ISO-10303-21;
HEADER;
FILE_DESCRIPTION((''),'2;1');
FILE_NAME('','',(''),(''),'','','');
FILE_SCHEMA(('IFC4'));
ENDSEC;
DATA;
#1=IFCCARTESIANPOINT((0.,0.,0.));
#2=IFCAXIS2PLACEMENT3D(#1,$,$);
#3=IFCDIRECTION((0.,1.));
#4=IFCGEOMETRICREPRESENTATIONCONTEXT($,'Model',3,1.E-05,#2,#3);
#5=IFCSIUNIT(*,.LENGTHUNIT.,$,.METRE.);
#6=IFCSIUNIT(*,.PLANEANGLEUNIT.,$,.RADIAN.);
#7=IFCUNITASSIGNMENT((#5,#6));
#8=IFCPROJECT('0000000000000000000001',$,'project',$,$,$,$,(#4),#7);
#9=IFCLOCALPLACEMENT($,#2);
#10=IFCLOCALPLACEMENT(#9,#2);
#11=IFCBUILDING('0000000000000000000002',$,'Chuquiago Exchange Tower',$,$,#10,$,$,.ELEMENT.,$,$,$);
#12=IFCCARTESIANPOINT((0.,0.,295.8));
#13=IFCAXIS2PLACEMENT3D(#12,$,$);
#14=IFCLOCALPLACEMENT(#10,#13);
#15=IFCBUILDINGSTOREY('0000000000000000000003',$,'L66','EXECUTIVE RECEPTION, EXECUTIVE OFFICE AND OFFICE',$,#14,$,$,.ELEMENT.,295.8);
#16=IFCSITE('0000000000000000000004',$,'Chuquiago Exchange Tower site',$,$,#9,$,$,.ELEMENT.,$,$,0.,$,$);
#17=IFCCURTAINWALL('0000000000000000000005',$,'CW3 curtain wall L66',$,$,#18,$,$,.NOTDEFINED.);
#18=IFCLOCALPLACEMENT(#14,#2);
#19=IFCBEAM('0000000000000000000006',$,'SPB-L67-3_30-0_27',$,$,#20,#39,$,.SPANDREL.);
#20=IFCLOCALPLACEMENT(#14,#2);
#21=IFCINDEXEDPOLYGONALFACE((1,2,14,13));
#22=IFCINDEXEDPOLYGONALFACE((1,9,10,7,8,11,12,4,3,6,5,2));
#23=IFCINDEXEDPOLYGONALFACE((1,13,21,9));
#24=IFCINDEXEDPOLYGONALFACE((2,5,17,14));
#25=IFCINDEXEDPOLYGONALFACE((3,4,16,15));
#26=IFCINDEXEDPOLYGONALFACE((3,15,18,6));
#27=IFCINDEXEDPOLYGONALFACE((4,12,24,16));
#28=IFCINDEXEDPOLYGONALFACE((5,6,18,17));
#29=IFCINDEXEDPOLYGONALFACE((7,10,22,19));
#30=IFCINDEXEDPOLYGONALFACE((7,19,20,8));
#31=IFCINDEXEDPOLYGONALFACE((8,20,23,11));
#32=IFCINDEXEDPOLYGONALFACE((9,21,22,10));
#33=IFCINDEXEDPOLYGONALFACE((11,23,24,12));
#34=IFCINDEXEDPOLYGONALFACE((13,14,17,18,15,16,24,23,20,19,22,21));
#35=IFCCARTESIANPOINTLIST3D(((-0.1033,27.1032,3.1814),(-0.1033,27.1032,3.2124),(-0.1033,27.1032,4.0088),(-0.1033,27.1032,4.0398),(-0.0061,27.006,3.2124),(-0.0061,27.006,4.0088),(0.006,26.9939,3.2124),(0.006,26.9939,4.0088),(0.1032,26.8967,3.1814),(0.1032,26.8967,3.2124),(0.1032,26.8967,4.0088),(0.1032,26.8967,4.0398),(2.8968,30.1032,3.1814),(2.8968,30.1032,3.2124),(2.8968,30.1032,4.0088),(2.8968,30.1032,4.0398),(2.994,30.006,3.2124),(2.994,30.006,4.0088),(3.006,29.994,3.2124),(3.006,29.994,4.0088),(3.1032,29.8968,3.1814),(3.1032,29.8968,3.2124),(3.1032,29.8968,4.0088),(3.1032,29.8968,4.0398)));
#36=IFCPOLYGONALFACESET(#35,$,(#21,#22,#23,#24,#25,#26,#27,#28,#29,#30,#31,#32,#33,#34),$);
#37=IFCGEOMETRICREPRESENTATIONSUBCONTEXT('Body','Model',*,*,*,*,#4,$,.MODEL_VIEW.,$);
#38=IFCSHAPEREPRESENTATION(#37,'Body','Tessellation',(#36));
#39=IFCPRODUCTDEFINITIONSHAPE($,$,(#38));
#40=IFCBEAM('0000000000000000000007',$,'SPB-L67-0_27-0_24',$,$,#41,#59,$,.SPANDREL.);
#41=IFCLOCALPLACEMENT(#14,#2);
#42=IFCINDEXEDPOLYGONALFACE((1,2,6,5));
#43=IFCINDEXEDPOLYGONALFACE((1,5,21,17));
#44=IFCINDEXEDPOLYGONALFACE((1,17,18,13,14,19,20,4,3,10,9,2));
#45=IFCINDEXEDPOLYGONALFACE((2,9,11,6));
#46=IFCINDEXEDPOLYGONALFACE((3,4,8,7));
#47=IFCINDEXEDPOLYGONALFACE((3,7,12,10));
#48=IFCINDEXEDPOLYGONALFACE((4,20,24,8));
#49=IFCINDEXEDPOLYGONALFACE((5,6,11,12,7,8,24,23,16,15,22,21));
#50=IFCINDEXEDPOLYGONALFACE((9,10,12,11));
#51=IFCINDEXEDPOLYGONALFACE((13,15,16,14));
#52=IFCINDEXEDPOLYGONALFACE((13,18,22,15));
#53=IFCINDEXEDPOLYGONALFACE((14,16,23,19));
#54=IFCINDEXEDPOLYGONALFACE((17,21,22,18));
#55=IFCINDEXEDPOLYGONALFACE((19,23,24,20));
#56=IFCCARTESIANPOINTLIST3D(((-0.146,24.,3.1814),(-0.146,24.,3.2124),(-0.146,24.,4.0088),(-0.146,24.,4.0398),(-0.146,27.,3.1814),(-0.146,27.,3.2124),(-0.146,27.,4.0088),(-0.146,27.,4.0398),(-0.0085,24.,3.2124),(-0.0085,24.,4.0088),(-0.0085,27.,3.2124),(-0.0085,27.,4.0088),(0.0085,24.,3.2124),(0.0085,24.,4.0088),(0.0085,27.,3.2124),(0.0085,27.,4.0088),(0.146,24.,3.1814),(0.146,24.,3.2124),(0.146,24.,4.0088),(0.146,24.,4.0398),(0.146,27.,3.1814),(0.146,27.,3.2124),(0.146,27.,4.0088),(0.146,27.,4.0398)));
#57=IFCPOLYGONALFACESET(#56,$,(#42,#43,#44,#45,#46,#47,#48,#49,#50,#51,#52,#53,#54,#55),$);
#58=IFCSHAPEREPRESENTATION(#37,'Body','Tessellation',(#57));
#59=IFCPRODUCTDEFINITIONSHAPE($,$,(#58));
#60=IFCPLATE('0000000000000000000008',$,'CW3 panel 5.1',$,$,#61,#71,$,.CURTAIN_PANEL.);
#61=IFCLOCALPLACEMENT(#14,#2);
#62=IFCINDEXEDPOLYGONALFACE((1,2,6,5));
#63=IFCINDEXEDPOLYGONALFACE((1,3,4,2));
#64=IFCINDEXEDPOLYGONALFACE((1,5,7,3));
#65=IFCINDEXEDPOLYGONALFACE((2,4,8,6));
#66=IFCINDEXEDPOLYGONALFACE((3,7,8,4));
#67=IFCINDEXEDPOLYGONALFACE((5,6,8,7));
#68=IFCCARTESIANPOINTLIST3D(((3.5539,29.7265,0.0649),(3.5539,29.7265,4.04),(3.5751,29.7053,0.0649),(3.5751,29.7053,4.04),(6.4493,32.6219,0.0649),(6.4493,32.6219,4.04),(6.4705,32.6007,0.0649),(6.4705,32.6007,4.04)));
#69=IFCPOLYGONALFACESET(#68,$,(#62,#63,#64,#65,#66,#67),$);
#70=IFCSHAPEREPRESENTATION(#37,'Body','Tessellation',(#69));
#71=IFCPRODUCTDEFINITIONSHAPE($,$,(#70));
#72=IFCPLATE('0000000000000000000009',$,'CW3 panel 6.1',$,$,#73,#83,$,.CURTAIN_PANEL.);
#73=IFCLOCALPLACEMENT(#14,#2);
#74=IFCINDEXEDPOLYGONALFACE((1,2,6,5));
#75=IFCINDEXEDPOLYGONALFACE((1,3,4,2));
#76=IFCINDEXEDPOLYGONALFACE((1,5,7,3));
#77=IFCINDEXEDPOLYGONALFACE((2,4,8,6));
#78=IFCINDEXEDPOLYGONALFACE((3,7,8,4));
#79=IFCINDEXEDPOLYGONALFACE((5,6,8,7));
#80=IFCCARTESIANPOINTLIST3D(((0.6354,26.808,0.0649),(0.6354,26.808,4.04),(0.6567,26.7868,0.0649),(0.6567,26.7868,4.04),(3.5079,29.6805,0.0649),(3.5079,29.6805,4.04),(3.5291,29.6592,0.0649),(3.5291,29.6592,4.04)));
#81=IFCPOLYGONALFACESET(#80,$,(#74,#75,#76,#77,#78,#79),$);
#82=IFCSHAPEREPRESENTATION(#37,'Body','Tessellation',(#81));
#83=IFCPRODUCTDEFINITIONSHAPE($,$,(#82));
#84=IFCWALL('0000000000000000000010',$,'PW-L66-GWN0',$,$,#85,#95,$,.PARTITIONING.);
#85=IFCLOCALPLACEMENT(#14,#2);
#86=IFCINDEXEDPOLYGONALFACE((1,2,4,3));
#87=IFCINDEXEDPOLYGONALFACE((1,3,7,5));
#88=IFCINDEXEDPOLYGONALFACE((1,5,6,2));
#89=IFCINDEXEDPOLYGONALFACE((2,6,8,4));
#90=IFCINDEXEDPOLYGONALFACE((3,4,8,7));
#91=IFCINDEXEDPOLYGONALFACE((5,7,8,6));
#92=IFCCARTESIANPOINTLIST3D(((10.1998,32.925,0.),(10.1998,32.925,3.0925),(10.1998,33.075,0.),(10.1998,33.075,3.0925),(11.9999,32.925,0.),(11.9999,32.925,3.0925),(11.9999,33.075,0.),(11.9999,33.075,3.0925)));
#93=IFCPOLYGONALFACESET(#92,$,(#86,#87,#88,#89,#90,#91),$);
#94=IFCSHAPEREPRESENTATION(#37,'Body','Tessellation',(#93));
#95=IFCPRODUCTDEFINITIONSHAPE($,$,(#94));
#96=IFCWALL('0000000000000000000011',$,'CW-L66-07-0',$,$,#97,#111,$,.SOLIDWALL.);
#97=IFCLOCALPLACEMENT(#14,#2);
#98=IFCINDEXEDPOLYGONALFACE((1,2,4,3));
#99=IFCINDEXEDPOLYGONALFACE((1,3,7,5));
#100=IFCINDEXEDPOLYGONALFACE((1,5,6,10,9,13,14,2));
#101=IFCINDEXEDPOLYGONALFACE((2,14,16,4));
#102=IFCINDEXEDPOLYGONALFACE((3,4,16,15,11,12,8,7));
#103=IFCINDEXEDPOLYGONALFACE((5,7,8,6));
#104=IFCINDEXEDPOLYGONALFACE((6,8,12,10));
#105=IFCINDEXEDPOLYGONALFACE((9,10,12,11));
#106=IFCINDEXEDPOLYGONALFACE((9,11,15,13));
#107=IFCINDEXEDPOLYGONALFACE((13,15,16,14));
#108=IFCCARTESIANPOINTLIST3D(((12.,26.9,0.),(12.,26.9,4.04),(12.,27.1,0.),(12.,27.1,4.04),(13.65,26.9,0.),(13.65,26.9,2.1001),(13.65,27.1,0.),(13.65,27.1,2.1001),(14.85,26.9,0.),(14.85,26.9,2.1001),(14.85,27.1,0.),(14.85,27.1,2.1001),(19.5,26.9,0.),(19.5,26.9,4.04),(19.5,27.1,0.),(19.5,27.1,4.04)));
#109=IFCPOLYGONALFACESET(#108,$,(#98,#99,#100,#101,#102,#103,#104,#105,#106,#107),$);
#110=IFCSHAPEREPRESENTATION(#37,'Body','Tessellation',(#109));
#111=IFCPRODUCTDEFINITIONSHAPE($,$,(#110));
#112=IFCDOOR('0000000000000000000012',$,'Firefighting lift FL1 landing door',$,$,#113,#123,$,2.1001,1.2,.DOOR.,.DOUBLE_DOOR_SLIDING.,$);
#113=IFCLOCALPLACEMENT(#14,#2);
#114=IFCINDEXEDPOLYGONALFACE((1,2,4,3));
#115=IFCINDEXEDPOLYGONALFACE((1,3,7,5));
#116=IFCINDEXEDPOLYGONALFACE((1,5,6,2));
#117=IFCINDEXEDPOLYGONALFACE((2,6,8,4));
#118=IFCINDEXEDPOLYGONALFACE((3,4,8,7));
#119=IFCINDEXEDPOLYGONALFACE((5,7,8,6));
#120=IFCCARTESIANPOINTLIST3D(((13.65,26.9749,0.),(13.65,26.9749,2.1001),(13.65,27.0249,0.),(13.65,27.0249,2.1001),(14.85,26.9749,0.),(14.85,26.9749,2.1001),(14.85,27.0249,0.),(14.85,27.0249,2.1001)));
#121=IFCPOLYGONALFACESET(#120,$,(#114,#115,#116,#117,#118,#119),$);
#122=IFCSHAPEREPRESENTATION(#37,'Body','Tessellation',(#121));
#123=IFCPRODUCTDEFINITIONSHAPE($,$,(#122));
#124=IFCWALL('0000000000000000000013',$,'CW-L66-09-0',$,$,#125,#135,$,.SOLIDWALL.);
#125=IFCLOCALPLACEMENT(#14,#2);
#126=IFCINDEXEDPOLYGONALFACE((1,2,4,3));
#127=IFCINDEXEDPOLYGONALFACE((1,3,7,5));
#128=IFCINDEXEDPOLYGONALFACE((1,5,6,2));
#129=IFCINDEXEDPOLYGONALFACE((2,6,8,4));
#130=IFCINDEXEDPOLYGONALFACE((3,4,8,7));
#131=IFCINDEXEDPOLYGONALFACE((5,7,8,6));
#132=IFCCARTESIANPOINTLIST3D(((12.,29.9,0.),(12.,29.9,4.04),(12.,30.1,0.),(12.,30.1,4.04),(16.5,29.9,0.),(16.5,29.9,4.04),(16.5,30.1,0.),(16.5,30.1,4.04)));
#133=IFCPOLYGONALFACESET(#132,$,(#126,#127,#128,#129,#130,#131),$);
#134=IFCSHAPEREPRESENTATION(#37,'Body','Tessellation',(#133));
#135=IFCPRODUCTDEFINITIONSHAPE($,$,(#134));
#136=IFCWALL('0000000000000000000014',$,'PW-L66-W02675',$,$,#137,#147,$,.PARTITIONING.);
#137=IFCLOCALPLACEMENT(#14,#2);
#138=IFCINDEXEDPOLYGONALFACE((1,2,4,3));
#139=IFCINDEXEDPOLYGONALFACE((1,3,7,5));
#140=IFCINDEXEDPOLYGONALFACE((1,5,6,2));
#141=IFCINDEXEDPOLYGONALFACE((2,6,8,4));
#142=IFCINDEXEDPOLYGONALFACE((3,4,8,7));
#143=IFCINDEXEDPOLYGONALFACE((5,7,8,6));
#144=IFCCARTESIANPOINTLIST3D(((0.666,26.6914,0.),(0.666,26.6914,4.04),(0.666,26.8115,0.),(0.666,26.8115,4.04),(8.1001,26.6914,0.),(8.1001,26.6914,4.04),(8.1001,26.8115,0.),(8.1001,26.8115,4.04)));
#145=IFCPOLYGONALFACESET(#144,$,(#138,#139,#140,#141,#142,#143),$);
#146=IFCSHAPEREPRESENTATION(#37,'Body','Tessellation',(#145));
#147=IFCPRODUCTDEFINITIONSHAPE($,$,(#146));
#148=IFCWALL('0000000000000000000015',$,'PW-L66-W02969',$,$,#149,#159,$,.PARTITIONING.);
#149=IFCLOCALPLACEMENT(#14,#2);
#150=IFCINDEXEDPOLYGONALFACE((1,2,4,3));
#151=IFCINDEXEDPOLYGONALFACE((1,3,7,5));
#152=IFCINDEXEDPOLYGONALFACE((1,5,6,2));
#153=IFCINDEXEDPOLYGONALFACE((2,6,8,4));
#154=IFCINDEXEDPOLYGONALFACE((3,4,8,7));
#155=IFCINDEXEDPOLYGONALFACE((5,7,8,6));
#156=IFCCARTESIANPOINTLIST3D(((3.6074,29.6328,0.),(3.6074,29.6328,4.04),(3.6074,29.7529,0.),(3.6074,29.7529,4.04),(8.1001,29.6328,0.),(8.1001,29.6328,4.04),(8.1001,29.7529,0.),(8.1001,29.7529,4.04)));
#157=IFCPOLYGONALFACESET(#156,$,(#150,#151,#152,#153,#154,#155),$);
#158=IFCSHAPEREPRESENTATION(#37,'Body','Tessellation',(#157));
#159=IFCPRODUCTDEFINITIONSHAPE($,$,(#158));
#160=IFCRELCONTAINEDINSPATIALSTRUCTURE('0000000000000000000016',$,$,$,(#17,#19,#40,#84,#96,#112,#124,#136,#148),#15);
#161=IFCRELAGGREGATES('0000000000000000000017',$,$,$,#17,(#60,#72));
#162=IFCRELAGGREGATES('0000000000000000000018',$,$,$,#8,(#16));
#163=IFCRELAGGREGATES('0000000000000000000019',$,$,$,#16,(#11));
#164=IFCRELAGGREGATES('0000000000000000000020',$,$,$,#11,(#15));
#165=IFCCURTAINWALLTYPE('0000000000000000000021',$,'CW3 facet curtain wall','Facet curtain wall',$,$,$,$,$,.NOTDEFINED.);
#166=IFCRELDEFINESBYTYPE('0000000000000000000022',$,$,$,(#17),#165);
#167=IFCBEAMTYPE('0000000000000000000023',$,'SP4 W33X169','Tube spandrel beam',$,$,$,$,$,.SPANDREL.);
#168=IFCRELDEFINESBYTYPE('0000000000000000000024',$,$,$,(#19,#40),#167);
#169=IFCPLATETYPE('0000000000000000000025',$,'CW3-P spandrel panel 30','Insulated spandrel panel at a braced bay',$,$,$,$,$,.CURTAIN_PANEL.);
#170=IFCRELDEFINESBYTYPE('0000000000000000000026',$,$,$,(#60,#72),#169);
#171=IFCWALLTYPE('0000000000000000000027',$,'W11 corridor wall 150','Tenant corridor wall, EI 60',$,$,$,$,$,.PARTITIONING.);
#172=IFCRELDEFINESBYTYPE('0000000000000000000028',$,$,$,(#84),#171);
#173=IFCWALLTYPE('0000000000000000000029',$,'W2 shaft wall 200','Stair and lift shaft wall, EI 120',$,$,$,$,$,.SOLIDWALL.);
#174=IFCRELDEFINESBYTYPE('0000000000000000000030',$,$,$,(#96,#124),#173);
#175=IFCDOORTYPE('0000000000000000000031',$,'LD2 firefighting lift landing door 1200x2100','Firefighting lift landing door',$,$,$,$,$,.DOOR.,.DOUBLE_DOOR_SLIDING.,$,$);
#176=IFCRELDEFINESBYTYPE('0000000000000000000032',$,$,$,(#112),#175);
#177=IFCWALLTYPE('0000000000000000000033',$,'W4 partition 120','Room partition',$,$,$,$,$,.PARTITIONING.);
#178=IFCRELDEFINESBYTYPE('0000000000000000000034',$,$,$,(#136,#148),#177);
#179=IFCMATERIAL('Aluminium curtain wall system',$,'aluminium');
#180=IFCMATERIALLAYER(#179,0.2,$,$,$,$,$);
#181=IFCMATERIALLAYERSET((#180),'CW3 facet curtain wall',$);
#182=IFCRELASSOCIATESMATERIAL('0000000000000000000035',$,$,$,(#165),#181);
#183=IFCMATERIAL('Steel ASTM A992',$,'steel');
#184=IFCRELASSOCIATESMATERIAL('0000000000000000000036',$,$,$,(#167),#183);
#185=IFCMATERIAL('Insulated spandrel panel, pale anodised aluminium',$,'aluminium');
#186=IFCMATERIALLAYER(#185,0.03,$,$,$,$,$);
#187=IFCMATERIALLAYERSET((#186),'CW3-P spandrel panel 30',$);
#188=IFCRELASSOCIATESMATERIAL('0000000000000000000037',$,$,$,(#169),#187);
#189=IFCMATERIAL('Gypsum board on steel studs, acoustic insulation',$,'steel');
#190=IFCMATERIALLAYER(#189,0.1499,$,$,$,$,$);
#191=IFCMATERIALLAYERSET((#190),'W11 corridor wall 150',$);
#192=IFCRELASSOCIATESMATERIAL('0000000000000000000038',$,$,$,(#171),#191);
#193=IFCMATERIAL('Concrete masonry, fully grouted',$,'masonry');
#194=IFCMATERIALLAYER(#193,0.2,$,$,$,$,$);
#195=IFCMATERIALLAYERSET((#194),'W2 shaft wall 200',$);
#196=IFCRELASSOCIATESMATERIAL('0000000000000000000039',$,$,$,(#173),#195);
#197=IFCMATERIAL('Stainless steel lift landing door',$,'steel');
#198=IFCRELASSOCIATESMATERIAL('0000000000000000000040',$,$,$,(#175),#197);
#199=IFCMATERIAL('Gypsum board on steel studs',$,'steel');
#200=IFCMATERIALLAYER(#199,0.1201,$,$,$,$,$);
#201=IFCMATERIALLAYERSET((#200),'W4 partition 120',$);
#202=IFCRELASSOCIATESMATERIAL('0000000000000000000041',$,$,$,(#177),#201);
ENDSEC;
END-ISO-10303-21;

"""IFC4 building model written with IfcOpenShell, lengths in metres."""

from ifc_helpers import new_model, si_unit, direction, frame, frame_2d, origin, origin_2d, place, context, subcontext, project, spatial, rectangle, i_section, extrude, material, layer, layer_set, material_profile, profile_set, type_object, element, fill, aggregate, save


model = new_model("IFC4")

# Units and contexts
model_context = context("Model", 3, precision=1e-05, world=origin(), true_north=direction((0.0, 1.0)))
body_context = subcontext(model_context, "Body", "Model", "MODEL_VIEW")
ifc_project = project(units=[si_unit("LENGTHUNIT", "METRE"), si_unit("PLANEANGLEUNIT", "RADIAN")], contexts=[model_context])

# Site, building, storey
site_placement = place(None, origin())
site = spatial("IfcSite", under=ifc_project, at=site_placement, Name="Chuquiago Exchange Tower site", CompositionType="ELEMENT", RefElevation=0.0)
building_placement = place(site_placement, origin())
building = spatial("IfcBuilding", under=site, at=building_placement, Name="Chuquiago Exchange Tower", CompositionType="ELEMENT")
storey_placement = place(building_placement, frame((0.0, 0.0, 295.8)))
storey = spatial("IfcBuildingStorey", under=building, at=storey_placement, Name="L66", Description="EXECUTIVE RECEPTION, EXECUTIVE OFFICE AND OFFICE", CompositionType="ELEMENT", Elevation=295.8)

# Curtain wall
ifc_material_1 = material(Name="Aluminium curtain wall system", Category="aluminium")
ifc_layer_1 = layer(ifc_material_1, 0.2)
ifc_layer_set_1 = layer_set([ifc_layer_1], Name="CW3 facet curtain wall")
curtain_wall_type_1 = type_object("IfcCurtainWallType", Name="CW3 facet curtain wall", Description="Facet curtain wall", PredefinedType="NOTDEFINED", material=ifc_layer_set_1)
curtain_wall_1_placement = place(storey_placement, origin())
curtain_wall_1 = element("IfcCurtainWall", 1, at=curtain_wall_1_placement, inside=storey, type_object=curtain_wall_type_1, Name="CW3 curtain wall L66", PredefinedType="NOTDEFINED")

# Beams
ifc_material_2 = material(Name="Steel ASTM A992", Category="steel")
ifc_material_profile_1 = material_profile(ifc_material_2, i_section(OverallWidth=0.292, OverallDepth=0.8584, WebThickness=0.0171, FlangeThickness=0.031, at=origin_2d()), Name="W33X169")
ifc_profile_set_1 = profile_set([ifc_material_profile_1], Name="Steel ASTM A992")
beam_type_1 = type_object("IfcBeamType", Name="SP4 W33X169", Description="Tube spandrel beam", PredefinedType="SPANDREL", material=ifc_profile_set_1)
for number, where, z_axis, x_axis, name in (
    (2, (3.0, 30.0, 3.6106), (-0.707107, -0.707107, 0.0), (0.707107, -0.707107, 0.0), "SPB-L67-3_30-0_27"),
):
    element("IfcBeam", number, at=place(storey_placement, frame(where, z_axis=z_axis, x_axis=x_axis)), inside=storey, type_object=beam_type_1, Name=name, PredefinedType="SPANDREL", context=body_context, shape_type="SweptSolid", body=[
        extrude(i_section(OverallWidth=0.292, OverallDepth=0.8584, WebThickness=0.0171, FlangeThickness=0.031, at=origin_2d()), origin(), (0.0, 0.0, 1.0), 4.2427),
    ])
beam_1_placement = place(storey_placement, frame((0.0, 27.0, 3.6106), z_axis=(0.0, -1.0, 0.0), x_axis=(1.0, 0.0, 0.0)))
element("IfcBeam", 3, at=beam_1_placement, inside=storey, type_object=beam_type_1, Name="SPB-L67-0_27-0_24", PredefinedType="SPANDREL", context=body_context, shape_type="SweptSolid", body=[
    extrude(i_section(OverallWidth=0.292, OverallDepth=0.8584, WebThickness=0.0171, FlangeThickness=0.031, at=origin_2d()), origin(), (0.0, 0.0, 1.0), 3.0),
])

# Plates
ifc_material_3 = material(Name="Insulated spandrel panel, pale anodised aluminium", Category="aluminium")
ifc_layer_2 = layer(ifc_material_3, 0.03)
ifc_layer_set_2 = layer_set([ifc_layer_2], Name="CW3-P spandrel panel 30")
plate_type = type_object("IfcPlateType", Name="CW3-P spandrel panel 30", Description="Insulated spandrel panel at a braced bay", PredefinedType="CURTAIN_PANEL", material=ifc_layer_set_2)
plate_1_placement = place(storey_placement, frame((5.0122, 31.1636, 0.0649), z_axis=(0.0, 0.0, 1.0), x_axis=(-0.707107, -0.707107, 0.0)))
plate_1 = element("IfcPlate", 4, at=plate_1_placement, type_object=plate_type, Name="CW3 panel 5.1", PredefinedType="CURTAIN_PANEL", context=body_context, shape_type="SweptSolid", body=[
    extrude(rectangle(XDim=4.0947, YDim=0.03, at=origin_2d()), origin(), (0.0, 0.0, 1.0), 3.9751),
])
plate_2_placement = place(storey_placement, frame((2.0823, 28.2336, 0.0649), z_axis=(0.0, 0.0, 1.0), x_axis=(-0.707107, -0.707107, 0.0)))
plate_2 = element("IfcPlate", 5, at=plate_2_placement, type_object=plate_type, Name="CW3 panel 6.1", PredefinedType="CURTAIN_PANEL", context=body_context, shape_type="SweptSolid", body=[
    extrude(rectangle(XDim=4.0623, YDim=0.03, at=origin_2d()), origin(), (0.0, 0.0, 1.0), 3.9751),
])
aggregate(curtain_wall_1, [plate_1, plate_2])

# Wall
ifc_material_4 = material(Name="Gypsum board on steel studs, acoustic insulation", Category="steel")
ifc_layer_3 = layer(ifc_material_4, 0.1499)
ifc_layer_set_3 = layer_set([ifc_layer_3], Name="W11 corridor wall 150")
wall_type_1 = type_object("IfcWallType", Name="W11 corridor wall 150", Description="Tenant corridor wall, EI 60", PredefinedType="PARTITIONING", material=ifc_layer_set_3)
wall_1_placement = place(storey_placement, frame((10.2, 33.0, 0.0), z_axis=(0.0, 0.0, 1.0), x_axis=(1.0, 0.0, 0.0)))
element("IfcWall", 6, at=wall_1_placement, inside=storey, type_object=wall_type_1, Name="PW-L66-GWN0", PredefinedType="PARTITIONING", context=body_context, shape_type="SweptSolid", body=[
    extrude(rectangle(XDim=1.8, YDim=0.1499, at=frame_2d((0.8999, 0.0))), origin(), (0.0, 0.0, 1.0), 3.0925),
])

# Wall, opening, door
ifc_material_5 = material(Name="Concrete masonry, fully grouted", Category="masonry")
ifc_layer_4 = layer(ifc_material_5, 0.2)
ifc_layer_set_4 = layer_set([ifc_layer_4], Name="W2 shaft wall 200")
wall_type_2 = type_object("IfcWallType", Name="W2 shaft wall 200", Description="Stair and lift shaft wall, EI 120", PredefinedType="SOLIDWALL", material=ifc_layer_set_4)
wall_2_placement = place(storey_placement, frame((12.0, 27.0, 0.0), z_axis=(0.0, 0.0, 1.0), x_axis=(1.0, 0.0, 0.0)))
wall_2 = element("IfcWall", 7, at=wall_2_placement, inside=storey, type_object=wall_type_2, Name="CW-L66-07-0", PredefinedType="SOLIDWALL", context=body_context, shape_type="SweptSolid", body=[
    extrude(rectangle(XDim=7.5, YDim=0.2, at=frame_2d((3.75, 0.0))), origin(), (0.0, 0.0, 1.0), 4.04),
])
opening_1_placement = place(wall_2_placement, frame((1.6499, 0.0, 0.0)))
opening_1 = element("IfcOpeningElement", 8, at=opening_1_placement, cuts=wall_2, PredefinedType="OPENING", context=body_context, shape_type="SweptSolid", body=[
    extrude(rectangle(XDim=1.2, YDim=2.1001, at=frame_2d((0.6001, 1.05))), frame((0.0, 0.1099, 0.0), z_axis=(0.0, -1.0, 0.0), x_axis=(1.0, 0.0, 0.0)), (0.0, 0.0, 1.0), 0.22),
])
ifc_material_6 = material(Name="Stainless steel lift landing door", Category="steel")
door_type_1 = type_object("IfcDoorType", Name="LD2 firefighting lift landing door 1200x2100", Description="Firefighting lift landing door", OperationType="DOUBLE_DOOR_SLIDING", PredefinedType="DOOR", material=ifc_material_6)
door_1_placement = place(opening_1_placement, origin())
door_1 = element("IfcDoor", 9, at=door_1_placement, inside=storey, type_object=door_type_1, Name="Firefighting lift FL1 landing door", OperationType="DOUBLE_DOOR_SLIDING", OverallHeight=2.1001, OverallWidth=1.2, PredefinedType="DOOR", context=body_context, shape_type="SweptSolid", body=[
    extrude(rectangle(XDim=1.2, YDim=2.1001, at=frame_2d((0.6001, 1.05))), frame((0.0, 0.0249, 0.0), z_axis=(0.0, -1.0, 0.0), x_axis=(1.0, 0.0, 0.0)), (0.0, 0.0, 1.0), 0.05),
])
fill(opening_1, door_1)

# Walls
wall_3_placement = place(storey_placement, frame((12.0, 30.0, 0.0), z_axis=(0.0, 0.0, 1.0), x_axis=(1.0, 0.0, 0.0)))
element("IfcWall", 10, at=wall_3_placement, inside=storey, type_object=wall_type_2, Name="CW-L66-09-0", PredefinedType="SOLIDWALL", context=body_context, shape_type="SweptSolid", body=[
    extrude(rectangle(XDim=4.5, YDim=0.2, at=frame_2d((2.25, 0.0))), origin(), (0.0, 0.0, 1.0), 4.04),
])
ifc_material_7 = material(Name="Gypsum board on steel studs", Category="steel")
ifc_layer_5 = layer(ifc_material_7, 0.1201)
ifc_layer_set_5 = layer_set([ifc_layer_5], Name="W4 partition 120")
wall_type_3 = type_object("IfcWallType", Name="W4 partition 120", Description="Room partition", PredefinedType="PARTITIONING", material=ifc_layer_set_5)
wall_4_placement = place(storey_placement, frame((0.666, 26.7515, 0.0), z_axis=(0.0, 0.0, 1.0), x_axis=(1.0, 0.0, 0.0)))
element("IfcWall", 11, at=wall_4_placement, inside=storey, type_object=wall_type_3, Name="PW-L66-W02675", PredefinedType="PARTITIONING", context=body_context, shape_type="SweptSolid", body=[
    extrude(rectangle(XDim=7.4341, YDim=0.1201, at=frame_2d((3.717, 0.0))), origin(), (0.0, 0.0, 1.0), 4.04),
])
wall_5_placement = place(storey_placement, frame((3.6074, 29.6929, 0.0), z_axis=(0.0, 0.0, 1.0), x_axis=(1.0, 0.0, 0.0)))
element("IfcWall", 12, at=wall_5_placement, inside=storey, type_object=wall_type_3, Name="PW-L66-W02969", PredefinedType="PARTITIONING", context=body_context, shape_type="SweptSolid", body=[
    extrude(rectangle(XDim=4.4927, YDim=0.1201, at=frame_2d((2.2463, 0.0))), origin(), (0.0, 0.0, 1.0), 4.04),
])

save(model, "model.ifc")
